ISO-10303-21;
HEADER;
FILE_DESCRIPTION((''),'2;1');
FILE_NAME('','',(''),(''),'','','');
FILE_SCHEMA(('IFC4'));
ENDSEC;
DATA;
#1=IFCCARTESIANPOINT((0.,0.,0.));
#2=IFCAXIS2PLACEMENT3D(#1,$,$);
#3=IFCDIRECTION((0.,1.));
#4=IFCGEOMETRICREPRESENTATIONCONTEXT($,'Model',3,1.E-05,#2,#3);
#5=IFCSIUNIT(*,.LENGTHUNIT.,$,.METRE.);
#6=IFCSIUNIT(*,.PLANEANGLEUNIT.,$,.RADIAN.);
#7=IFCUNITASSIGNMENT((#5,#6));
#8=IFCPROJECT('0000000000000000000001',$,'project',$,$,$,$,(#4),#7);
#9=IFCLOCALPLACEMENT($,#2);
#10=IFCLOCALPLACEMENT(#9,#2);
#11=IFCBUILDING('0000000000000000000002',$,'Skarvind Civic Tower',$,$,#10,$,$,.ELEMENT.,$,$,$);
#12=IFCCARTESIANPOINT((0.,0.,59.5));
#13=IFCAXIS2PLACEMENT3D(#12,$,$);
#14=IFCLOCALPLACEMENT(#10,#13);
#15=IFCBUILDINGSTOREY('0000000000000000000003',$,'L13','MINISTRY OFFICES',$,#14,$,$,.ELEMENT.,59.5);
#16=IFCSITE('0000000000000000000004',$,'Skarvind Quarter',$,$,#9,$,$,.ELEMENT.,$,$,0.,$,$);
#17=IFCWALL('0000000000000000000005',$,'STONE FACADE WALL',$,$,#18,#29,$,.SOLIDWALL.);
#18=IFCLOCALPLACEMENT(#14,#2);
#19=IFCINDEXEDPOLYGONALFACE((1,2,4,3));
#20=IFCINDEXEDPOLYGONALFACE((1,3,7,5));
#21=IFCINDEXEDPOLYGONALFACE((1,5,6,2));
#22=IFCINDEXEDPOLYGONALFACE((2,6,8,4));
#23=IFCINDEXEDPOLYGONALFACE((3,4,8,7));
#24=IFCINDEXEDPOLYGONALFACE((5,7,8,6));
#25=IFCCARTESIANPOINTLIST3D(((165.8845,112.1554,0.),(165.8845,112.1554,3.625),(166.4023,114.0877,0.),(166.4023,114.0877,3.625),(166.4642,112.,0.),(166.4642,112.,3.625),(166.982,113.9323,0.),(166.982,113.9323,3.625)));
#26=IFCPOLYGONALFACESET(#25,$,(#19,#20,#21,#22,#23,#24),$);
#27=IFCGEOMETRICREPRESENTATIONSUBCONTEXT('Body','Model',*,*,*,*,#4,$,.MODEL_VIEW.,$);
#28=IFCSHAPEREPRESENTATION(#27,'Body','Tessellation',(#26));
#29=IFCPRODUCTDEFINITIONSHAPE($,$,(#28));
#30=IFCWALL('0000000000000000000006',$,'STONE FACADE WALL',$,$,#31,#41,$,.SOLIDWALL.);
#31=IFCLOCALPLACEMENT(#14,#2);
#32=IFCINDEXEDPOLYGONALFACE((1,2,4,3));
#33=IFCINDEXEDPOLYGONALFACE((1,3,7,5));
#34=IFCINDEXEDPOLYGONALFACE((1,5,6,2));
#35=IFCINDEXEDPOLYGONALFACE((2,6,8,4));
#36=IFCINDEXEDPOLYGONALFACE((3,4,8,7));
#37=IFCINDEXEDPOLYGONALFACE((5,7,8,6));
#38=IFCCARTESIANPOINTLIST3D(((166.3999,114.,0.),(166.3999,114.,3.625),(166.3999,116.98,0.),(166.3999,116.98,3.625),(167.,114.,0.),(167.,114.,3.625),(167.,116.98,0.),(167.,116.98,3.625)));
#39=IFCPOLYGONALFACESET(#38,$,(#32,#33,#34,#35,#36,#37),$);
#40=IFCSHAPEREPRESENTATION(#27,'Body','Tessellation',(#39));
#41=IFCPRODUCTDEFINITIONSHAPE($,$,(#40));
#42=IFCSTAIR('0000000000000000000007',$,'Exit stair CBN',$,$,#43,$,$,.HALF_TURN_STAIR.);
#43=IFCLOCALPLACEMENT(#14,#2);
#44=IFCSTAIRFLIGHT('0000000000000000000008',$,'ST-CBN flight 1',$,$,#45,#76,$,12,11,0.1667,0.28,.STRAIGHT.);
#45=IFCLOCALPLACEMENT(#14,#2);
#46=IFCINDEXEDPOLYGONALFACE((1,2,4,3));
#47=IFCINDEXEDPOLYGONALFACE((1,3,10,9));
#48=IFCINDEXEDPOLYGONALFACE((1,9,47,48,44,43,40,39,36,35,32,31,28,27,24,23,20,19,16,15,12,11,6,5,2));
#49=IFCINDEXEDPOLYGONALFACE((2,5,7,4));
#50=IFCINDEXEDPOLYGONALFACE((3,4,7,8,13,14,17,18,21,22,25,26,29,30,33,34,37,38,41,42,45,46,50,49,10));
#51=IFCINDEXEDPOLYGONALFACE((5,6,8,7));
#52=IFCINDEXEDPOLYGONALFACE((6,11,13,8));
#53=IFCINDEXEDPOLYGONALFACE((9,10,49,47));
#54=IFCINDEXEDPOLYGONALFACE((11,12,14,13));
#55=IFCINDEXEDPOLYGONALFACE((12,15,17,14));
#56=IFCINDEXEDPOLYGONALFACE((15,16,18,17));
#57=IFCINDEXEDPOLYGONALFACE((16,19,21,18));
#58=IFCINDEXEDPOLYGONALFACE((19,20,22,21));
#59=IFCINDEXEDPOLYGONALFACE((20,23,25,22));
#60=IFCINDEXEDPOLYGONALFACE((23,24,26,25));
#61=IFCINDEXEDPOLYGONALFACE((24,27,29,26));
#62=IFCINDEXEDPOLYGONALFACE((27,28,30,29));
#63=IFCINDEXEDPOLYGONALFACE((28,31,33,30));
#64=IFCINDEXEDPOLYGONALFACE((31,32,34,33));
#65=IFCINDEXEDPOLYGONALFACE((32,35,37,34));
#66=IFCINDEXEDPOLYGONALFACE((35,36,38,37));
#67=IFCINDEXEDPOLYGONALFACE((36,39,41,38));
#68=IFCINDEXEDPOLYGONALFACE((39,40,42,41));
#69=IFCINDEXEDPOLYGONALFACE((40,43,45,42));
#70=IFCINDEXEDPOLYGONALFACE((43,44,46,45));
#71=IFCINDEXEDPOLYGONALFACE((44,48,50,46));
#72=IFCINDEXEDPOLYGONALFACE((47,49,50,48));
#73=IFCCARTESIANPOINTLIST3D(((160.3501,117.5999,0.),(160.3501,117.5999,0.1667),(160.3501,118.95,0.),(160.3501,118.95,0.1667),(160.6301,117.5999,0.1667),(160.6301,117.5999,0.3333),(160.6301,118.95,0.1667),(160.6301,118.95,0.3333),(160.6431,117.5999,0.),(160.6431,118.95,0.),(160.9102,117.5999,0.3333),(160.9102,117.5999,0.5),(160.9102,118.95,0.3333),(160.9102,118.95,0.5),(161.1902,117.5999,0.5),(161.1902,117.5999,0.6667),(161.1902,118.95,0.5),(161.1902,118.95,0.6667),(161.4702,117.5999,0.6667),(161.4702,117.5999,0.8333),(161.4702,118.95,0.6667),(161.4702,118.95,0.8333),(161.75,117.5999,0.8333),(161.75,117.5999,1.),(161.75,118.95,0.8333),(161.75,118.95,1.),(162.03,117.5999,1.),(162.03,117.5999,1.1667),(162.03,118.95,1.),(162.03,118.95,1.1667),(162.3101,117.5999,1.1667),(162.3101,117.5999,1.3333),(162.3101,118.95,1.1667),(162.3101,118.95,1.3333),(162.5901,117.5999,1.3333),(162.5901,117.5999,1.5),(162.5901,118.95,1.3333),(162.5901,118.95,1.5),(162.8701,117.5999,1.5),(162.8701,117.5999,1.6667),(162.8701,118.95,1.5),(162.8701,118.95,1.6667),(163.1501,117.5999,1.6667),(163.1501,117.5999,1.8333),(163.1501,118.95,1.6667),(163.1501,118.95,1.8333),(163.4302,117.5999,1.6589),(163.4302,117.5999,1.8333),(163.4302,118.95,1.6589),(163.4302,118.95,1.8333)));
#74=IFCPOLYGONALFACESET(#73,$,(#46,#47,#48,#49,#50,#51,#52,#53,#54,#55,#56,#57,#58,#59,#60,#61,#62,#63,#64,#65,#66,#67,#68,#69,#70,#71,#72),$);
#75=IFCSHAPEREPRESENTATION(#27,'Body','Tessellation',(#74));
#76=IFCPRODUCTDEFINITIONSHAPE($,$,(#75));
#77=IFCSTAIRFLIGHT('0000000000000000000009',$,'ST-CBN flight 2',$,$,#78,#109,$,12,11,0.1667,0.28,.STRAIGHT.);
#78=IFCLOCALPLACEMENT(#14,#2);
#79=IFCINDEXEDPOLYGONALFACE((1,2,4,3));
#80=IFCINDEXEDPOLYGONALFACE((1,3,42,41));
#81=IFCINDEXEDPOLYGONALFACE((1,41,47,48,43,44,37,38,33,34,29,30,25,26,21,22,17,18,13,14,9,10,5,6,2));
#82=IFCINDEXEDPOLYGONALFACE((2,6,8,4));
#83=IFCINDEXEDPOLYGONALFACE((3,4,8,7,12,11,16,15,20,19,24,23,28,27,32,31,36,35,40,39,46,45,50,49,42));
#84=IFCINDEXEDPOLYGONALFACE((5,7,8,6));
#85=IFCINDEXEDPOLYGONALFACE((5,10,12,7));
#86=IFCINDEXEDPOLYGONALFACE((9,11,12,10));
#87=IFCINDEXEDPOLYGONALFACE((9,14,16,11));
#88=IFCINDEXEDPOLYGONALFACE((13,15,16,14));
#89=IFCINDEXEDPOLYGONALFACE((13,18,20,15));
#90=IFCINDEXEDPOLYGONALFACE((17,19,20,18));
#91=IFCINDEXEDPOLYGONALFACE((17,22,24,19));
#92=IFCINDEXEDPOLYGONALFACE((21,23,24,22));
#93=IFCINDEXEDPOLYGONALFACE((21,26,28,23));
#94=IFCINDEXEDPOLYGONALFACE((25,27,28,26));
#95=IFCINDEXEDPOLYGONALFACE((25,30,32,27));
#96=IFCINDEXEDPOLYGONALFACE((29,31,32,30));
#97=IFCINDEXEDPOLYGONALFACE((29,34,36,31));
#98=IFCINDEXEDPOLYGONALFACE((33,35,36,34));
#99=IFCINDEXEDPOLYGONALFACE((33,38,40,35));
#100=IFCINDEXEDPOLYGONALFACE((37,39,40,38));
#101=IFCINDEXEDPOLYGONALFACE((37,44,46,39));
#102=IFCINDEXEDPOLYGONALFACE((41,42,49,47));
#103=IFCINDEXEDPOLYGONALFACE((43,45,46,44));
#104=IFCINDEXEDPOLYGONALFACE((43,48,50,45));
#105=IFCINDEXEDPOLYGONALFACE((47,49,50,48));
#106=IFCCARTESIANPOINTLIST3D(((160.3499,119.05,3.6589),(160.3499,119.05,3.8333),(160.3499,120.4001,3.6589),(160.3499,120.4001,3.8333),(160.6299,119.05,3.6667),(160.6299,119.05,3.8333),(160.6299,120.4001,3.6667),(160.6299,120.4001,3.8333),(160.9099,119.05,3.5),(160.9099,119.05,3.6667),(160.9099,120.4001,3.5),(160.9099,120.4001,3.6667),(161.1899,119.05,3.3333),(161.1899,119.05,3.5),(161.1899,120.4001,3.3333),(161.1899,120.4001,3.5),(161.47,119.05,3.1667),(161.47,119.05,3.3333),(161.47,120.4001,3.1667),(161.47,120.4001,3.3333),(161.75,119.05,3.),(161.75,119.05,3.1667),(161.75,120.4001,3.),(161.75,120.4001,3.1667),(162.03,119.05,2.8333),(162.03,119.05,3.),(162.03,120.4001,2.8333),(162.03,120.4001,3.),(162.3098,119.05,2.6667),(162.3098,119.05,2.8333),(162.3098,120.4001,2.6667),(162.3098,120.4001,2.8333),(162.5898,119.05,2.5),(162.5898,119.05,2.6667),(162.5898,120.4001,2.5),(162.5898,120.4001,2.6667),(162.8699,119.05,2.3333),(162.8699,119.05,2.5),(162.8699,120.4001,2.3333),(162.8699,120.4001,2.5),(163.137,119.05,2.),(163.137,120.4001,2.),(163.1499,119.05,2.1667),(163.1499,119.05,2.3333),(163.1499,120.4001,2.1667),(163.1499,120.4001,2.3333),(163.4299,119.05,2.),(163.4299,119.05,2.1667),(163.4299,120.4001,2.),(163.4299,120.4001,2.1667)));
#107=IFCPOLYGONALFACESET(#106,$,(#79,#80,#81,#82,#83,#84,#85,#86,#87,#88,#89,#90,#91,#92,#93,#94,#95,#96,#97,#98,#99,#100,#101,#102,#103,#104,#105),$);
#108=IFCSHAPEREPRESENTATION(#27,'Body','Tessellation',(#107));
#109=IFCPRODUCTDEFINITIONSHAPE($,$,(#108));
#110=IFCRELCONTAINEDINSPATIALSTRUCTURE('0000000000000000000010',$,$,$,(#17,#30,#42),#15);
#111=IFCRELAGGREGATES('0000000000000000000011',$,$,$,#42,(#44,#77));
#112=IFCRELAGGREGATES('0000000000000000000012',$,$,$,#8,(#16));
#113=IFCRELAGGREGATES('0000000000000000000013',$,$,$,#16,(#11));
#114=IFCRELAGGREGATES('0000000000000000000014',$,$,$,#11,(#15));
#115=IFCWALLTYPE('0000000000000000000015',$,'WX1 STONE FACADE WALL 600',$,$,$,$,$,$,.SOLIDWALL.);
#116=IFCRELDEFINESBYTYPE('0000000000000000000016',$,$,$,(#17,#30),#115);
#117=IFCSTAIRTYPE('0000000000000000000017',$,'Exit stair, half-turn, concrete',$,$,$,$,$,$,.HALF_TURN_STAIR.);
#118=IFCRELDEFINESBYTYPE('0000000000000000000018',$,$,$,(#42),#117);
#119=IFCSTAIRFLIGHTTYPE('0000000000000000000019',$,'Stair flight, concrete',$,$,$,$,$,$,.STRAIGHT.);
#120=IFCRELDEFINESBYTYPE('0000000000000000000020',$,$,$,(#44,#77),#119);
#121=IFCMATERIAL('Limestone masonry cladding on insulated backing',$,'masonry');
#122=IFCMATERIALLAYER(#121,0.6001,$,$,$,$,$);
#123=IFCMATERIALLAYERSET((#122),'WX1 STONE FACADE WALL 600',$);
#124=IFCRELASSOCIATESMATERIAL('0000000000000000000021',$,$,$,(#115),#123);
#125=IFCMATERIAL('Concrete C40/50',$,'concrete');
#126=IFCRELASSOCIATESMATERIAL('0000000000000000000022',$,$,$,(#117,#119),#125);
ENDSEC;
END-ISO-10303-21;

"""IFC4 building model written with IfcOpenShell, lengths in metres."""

from ifc_helpers import new_model, si_unit, direction, frame, frame_2d, origin, place, context, subcontext, project, spatial, polyline, rectangle, outline, extrude, material, layer, layer_set, type_object, element, aggregate, save


model = new_model("IFC4")

# Units and contexts
model_context = context("Model", 3, precision=1e-05, world=origin(), true_north=direction((0.0, 1.0)))
body_context = subcontext(model_context, "Body", "Model", "MODEL_VIEW")
ifc_project = project(units=[si_unit("LENGTHUNIT", "METRE"), si_unit("PLANEANGLEUNIT", "RADIAN")], contexts=[model_context])

# Site, building, storey
site_placement = place(None, origin())
site = spatial("IfcSite", under=ifc_project, at=site_placement, Name="Skarvind Quarter", CompositionType="ELEMENT", RefElevation=0.0)
building_placement = place(site_placement, origin())
building = spatial("IfcBuilding", under=site, at=building_placement, Name="Skarvind Civic Tower", CompositionType="ELEMENT")
storey_placement = place(building_placement, frame((0.0, 0.0, 59.5)))
storey = spatial("IfcBuildingStorey", under=building, at=storey_placement, Name="L13", Description="MINISTRY OFFICES", CompositionType="ELEMENT", Elevation=59.5)

# Shared definitions
ifc_material_1 = material(Name="Limestone masonry cladding on insulated backing", Category="masonry")
ifc_layer_1 = layer(ifc_material_1, 0.6001)
ifc_layer_set_1 = layer_set([ifc_layer_1], Name="WX1 STONE FACADE WALL 600")
wall_type_1 = type_object("IfcWallType", Name="WX1 STONE FACADE WALL 600", PredefinedType="SOLIDWALL", material=ifc_layer_set_1)

# Walls
wall_1_placement = place(storey_placement, frame((166.6921, 114.01, 0.0), z_axis=(0.0, 0.0, 1.0), x_axis=(-0.25884, -0.96592, 0.0)))
element("IfcWall", 1, at=wall_1_placement, inside=storey, type_object=wall_type_1, Name="STONE FACADE WALL", PredefinedType="SOLIDWALL", context=body_context, shape_type="SweptSolid", body=[
    extrude(rectangle(XDim=2.0005, YDim=0.6001, at=frame_2d((1.0002, 0.0))), origin(), (0.0, 0.0, 1.0), 3.625),
])
wall_2_placement = place(storey_placement, frame((166.7, 116.98, 0.0), z_axis=(0.0, 0.0, 1.0), x_axis=(0.0, -1.0, 0.0)))
element("IfcWall", 2, at=wall_2_placement, inside=storey, type_object=wall_type_1, Name="STONE FACADE WALL", PredefinedType="SOLIDWALL", context=body_context, shape_type="SweptSolid", body=[
    extrude(rectangle(XDim=2.98, YDim=0.6001, at=frame_2d((1.49, 0.0))), origin(), (0.0, 0.0, 1.0), 3.625),
])

# Stair, stair flights
ifc_material_2 = material(Name="Concrete C40/50", Category="concrete")
stair_type = type_object("IfcStairType", Name="Exit stair, half-turn, concrete", PredefinedType="HALF_TURN_STAIR", material=ifc_material_2)
stair_placement = place(storey_placement, origin())
stair = element("IfcStair", 3, at=stair_placement, inside=storey, type_object=stair_type, Name="Exit stair CBN", PredefinedType="HALF_TURN_STAIR")
stair_flight_type = type_object("IfcStairFlightType", Name="Stair flight, concrete", PredefinedType="STRAIGHT", material=ifc_material_2)
stair_flight_1_placement = place(storey_placement, frame((160.3501, 118.2749, 0.0), z_axis=(0.0, 0.0, 1.0), x_axis=(1.0, 0.0, 0.0)))
stair_flight_1 = element("IfcStairFlight", 4, at=stair_flight_1_placement, type_object=stair_flight_type, Name="ST-CBN flight 1", NumberOfRisers=12, NumberOfTreads=11, PredefinedType="STRAIGHT", RiserHeight=0.1667, TreadLength=0.28, context=body_context, shape_type="SweptSolid", body=[
    extrude(outline(polyline([(0.0, 0.0), (0.0, 0.1667), (0.28, 0.1667), (0.28, 0.3333), (0.5601, 0.3333), (0.5601, 0.5), (0.8401, 0.5), (0.8401, 0.6667), (1.1201, 0.6667), (1.1201, 0.8333), (1.3999, 0.8333), (1.3999, 1.0), (1.6799, 1.0), (1.6799, 1.1667), (1.96, 1.1667), (1.96, 1.3333), (2.24, 1.3333), (2.24, 1.5), (2.52, 1.5), (2.52, 1.6667), (2.8, 1.6667), (2.8, 1.8333), (3.0801, 1.8333), (3.0801, 2.0), (3.0801, 1.6589), (0.293, 0.0), (0.0, 0.0)])), frame((0.0, 0.675, 0.0), z_axis=(0.0, -1.0, 0.0), x_axis=(1.0, 0.0, 0.0)), (0.0, 0.0, 1.0), 1.3501),
])
stair_flight_2_placement = place(storey_placement, frame((163.4299, 119.7251, 2.0), z_axis=(0.0, 0.0, 1.0), x_axis=(-1.0, 0.0, 0.0)))
stair_flight_2 = element("IfcStairFlight", 5, at=stair_flight_2_placement, type_object=stair_flight_type, Name="ST-CBN flight 2", NumberOfRisers=12, NumberOfTreads=11, PredefinedType="STRAIGHT", RiserHeight=0.1667, TreadLength=0.28, context=body_context, shape_type="SweptSolid", body=[
    extrude(outline(polyline([(0.0, 0.0), (0.0, 0.1667), (0.28, 0.1667), (0.28, 0.3333), (0.5601, 0.3333), (0.5601, 0.5), (0.8401, 0.5), (0.8401, 0.6667), (1.1201, 0.6667), (1.1201, 0.8333), (1.3999, 0.8333), (1.3999, 1.0), (1.6799, 1.0), (1.6799, 1.1667), (1.96, 1.1667), (1.96, 1.3333), (2.24, 1.3333), (2.24, 1.5), (2.52, 1.5), (2.52, 1.6667), (2.8, 1.6667), (2.8, 1.8333), (3.0801, 1.8333), (3.0801, 2.0), (3.0801, 1.6589), (0.293, 0.0), (0.0, 0.0)])), frame((0.0, 0.675, 0.0), z_axis=(0.0, -1.0, 0.0), x_axis=(1.0, 0.0, 0.0)), (0.0, 0.0, 1.0), 1.3501),
])
aggregate(stair, [stair_flight_1, stair_flight_2])

save(model, "model.ifc")
